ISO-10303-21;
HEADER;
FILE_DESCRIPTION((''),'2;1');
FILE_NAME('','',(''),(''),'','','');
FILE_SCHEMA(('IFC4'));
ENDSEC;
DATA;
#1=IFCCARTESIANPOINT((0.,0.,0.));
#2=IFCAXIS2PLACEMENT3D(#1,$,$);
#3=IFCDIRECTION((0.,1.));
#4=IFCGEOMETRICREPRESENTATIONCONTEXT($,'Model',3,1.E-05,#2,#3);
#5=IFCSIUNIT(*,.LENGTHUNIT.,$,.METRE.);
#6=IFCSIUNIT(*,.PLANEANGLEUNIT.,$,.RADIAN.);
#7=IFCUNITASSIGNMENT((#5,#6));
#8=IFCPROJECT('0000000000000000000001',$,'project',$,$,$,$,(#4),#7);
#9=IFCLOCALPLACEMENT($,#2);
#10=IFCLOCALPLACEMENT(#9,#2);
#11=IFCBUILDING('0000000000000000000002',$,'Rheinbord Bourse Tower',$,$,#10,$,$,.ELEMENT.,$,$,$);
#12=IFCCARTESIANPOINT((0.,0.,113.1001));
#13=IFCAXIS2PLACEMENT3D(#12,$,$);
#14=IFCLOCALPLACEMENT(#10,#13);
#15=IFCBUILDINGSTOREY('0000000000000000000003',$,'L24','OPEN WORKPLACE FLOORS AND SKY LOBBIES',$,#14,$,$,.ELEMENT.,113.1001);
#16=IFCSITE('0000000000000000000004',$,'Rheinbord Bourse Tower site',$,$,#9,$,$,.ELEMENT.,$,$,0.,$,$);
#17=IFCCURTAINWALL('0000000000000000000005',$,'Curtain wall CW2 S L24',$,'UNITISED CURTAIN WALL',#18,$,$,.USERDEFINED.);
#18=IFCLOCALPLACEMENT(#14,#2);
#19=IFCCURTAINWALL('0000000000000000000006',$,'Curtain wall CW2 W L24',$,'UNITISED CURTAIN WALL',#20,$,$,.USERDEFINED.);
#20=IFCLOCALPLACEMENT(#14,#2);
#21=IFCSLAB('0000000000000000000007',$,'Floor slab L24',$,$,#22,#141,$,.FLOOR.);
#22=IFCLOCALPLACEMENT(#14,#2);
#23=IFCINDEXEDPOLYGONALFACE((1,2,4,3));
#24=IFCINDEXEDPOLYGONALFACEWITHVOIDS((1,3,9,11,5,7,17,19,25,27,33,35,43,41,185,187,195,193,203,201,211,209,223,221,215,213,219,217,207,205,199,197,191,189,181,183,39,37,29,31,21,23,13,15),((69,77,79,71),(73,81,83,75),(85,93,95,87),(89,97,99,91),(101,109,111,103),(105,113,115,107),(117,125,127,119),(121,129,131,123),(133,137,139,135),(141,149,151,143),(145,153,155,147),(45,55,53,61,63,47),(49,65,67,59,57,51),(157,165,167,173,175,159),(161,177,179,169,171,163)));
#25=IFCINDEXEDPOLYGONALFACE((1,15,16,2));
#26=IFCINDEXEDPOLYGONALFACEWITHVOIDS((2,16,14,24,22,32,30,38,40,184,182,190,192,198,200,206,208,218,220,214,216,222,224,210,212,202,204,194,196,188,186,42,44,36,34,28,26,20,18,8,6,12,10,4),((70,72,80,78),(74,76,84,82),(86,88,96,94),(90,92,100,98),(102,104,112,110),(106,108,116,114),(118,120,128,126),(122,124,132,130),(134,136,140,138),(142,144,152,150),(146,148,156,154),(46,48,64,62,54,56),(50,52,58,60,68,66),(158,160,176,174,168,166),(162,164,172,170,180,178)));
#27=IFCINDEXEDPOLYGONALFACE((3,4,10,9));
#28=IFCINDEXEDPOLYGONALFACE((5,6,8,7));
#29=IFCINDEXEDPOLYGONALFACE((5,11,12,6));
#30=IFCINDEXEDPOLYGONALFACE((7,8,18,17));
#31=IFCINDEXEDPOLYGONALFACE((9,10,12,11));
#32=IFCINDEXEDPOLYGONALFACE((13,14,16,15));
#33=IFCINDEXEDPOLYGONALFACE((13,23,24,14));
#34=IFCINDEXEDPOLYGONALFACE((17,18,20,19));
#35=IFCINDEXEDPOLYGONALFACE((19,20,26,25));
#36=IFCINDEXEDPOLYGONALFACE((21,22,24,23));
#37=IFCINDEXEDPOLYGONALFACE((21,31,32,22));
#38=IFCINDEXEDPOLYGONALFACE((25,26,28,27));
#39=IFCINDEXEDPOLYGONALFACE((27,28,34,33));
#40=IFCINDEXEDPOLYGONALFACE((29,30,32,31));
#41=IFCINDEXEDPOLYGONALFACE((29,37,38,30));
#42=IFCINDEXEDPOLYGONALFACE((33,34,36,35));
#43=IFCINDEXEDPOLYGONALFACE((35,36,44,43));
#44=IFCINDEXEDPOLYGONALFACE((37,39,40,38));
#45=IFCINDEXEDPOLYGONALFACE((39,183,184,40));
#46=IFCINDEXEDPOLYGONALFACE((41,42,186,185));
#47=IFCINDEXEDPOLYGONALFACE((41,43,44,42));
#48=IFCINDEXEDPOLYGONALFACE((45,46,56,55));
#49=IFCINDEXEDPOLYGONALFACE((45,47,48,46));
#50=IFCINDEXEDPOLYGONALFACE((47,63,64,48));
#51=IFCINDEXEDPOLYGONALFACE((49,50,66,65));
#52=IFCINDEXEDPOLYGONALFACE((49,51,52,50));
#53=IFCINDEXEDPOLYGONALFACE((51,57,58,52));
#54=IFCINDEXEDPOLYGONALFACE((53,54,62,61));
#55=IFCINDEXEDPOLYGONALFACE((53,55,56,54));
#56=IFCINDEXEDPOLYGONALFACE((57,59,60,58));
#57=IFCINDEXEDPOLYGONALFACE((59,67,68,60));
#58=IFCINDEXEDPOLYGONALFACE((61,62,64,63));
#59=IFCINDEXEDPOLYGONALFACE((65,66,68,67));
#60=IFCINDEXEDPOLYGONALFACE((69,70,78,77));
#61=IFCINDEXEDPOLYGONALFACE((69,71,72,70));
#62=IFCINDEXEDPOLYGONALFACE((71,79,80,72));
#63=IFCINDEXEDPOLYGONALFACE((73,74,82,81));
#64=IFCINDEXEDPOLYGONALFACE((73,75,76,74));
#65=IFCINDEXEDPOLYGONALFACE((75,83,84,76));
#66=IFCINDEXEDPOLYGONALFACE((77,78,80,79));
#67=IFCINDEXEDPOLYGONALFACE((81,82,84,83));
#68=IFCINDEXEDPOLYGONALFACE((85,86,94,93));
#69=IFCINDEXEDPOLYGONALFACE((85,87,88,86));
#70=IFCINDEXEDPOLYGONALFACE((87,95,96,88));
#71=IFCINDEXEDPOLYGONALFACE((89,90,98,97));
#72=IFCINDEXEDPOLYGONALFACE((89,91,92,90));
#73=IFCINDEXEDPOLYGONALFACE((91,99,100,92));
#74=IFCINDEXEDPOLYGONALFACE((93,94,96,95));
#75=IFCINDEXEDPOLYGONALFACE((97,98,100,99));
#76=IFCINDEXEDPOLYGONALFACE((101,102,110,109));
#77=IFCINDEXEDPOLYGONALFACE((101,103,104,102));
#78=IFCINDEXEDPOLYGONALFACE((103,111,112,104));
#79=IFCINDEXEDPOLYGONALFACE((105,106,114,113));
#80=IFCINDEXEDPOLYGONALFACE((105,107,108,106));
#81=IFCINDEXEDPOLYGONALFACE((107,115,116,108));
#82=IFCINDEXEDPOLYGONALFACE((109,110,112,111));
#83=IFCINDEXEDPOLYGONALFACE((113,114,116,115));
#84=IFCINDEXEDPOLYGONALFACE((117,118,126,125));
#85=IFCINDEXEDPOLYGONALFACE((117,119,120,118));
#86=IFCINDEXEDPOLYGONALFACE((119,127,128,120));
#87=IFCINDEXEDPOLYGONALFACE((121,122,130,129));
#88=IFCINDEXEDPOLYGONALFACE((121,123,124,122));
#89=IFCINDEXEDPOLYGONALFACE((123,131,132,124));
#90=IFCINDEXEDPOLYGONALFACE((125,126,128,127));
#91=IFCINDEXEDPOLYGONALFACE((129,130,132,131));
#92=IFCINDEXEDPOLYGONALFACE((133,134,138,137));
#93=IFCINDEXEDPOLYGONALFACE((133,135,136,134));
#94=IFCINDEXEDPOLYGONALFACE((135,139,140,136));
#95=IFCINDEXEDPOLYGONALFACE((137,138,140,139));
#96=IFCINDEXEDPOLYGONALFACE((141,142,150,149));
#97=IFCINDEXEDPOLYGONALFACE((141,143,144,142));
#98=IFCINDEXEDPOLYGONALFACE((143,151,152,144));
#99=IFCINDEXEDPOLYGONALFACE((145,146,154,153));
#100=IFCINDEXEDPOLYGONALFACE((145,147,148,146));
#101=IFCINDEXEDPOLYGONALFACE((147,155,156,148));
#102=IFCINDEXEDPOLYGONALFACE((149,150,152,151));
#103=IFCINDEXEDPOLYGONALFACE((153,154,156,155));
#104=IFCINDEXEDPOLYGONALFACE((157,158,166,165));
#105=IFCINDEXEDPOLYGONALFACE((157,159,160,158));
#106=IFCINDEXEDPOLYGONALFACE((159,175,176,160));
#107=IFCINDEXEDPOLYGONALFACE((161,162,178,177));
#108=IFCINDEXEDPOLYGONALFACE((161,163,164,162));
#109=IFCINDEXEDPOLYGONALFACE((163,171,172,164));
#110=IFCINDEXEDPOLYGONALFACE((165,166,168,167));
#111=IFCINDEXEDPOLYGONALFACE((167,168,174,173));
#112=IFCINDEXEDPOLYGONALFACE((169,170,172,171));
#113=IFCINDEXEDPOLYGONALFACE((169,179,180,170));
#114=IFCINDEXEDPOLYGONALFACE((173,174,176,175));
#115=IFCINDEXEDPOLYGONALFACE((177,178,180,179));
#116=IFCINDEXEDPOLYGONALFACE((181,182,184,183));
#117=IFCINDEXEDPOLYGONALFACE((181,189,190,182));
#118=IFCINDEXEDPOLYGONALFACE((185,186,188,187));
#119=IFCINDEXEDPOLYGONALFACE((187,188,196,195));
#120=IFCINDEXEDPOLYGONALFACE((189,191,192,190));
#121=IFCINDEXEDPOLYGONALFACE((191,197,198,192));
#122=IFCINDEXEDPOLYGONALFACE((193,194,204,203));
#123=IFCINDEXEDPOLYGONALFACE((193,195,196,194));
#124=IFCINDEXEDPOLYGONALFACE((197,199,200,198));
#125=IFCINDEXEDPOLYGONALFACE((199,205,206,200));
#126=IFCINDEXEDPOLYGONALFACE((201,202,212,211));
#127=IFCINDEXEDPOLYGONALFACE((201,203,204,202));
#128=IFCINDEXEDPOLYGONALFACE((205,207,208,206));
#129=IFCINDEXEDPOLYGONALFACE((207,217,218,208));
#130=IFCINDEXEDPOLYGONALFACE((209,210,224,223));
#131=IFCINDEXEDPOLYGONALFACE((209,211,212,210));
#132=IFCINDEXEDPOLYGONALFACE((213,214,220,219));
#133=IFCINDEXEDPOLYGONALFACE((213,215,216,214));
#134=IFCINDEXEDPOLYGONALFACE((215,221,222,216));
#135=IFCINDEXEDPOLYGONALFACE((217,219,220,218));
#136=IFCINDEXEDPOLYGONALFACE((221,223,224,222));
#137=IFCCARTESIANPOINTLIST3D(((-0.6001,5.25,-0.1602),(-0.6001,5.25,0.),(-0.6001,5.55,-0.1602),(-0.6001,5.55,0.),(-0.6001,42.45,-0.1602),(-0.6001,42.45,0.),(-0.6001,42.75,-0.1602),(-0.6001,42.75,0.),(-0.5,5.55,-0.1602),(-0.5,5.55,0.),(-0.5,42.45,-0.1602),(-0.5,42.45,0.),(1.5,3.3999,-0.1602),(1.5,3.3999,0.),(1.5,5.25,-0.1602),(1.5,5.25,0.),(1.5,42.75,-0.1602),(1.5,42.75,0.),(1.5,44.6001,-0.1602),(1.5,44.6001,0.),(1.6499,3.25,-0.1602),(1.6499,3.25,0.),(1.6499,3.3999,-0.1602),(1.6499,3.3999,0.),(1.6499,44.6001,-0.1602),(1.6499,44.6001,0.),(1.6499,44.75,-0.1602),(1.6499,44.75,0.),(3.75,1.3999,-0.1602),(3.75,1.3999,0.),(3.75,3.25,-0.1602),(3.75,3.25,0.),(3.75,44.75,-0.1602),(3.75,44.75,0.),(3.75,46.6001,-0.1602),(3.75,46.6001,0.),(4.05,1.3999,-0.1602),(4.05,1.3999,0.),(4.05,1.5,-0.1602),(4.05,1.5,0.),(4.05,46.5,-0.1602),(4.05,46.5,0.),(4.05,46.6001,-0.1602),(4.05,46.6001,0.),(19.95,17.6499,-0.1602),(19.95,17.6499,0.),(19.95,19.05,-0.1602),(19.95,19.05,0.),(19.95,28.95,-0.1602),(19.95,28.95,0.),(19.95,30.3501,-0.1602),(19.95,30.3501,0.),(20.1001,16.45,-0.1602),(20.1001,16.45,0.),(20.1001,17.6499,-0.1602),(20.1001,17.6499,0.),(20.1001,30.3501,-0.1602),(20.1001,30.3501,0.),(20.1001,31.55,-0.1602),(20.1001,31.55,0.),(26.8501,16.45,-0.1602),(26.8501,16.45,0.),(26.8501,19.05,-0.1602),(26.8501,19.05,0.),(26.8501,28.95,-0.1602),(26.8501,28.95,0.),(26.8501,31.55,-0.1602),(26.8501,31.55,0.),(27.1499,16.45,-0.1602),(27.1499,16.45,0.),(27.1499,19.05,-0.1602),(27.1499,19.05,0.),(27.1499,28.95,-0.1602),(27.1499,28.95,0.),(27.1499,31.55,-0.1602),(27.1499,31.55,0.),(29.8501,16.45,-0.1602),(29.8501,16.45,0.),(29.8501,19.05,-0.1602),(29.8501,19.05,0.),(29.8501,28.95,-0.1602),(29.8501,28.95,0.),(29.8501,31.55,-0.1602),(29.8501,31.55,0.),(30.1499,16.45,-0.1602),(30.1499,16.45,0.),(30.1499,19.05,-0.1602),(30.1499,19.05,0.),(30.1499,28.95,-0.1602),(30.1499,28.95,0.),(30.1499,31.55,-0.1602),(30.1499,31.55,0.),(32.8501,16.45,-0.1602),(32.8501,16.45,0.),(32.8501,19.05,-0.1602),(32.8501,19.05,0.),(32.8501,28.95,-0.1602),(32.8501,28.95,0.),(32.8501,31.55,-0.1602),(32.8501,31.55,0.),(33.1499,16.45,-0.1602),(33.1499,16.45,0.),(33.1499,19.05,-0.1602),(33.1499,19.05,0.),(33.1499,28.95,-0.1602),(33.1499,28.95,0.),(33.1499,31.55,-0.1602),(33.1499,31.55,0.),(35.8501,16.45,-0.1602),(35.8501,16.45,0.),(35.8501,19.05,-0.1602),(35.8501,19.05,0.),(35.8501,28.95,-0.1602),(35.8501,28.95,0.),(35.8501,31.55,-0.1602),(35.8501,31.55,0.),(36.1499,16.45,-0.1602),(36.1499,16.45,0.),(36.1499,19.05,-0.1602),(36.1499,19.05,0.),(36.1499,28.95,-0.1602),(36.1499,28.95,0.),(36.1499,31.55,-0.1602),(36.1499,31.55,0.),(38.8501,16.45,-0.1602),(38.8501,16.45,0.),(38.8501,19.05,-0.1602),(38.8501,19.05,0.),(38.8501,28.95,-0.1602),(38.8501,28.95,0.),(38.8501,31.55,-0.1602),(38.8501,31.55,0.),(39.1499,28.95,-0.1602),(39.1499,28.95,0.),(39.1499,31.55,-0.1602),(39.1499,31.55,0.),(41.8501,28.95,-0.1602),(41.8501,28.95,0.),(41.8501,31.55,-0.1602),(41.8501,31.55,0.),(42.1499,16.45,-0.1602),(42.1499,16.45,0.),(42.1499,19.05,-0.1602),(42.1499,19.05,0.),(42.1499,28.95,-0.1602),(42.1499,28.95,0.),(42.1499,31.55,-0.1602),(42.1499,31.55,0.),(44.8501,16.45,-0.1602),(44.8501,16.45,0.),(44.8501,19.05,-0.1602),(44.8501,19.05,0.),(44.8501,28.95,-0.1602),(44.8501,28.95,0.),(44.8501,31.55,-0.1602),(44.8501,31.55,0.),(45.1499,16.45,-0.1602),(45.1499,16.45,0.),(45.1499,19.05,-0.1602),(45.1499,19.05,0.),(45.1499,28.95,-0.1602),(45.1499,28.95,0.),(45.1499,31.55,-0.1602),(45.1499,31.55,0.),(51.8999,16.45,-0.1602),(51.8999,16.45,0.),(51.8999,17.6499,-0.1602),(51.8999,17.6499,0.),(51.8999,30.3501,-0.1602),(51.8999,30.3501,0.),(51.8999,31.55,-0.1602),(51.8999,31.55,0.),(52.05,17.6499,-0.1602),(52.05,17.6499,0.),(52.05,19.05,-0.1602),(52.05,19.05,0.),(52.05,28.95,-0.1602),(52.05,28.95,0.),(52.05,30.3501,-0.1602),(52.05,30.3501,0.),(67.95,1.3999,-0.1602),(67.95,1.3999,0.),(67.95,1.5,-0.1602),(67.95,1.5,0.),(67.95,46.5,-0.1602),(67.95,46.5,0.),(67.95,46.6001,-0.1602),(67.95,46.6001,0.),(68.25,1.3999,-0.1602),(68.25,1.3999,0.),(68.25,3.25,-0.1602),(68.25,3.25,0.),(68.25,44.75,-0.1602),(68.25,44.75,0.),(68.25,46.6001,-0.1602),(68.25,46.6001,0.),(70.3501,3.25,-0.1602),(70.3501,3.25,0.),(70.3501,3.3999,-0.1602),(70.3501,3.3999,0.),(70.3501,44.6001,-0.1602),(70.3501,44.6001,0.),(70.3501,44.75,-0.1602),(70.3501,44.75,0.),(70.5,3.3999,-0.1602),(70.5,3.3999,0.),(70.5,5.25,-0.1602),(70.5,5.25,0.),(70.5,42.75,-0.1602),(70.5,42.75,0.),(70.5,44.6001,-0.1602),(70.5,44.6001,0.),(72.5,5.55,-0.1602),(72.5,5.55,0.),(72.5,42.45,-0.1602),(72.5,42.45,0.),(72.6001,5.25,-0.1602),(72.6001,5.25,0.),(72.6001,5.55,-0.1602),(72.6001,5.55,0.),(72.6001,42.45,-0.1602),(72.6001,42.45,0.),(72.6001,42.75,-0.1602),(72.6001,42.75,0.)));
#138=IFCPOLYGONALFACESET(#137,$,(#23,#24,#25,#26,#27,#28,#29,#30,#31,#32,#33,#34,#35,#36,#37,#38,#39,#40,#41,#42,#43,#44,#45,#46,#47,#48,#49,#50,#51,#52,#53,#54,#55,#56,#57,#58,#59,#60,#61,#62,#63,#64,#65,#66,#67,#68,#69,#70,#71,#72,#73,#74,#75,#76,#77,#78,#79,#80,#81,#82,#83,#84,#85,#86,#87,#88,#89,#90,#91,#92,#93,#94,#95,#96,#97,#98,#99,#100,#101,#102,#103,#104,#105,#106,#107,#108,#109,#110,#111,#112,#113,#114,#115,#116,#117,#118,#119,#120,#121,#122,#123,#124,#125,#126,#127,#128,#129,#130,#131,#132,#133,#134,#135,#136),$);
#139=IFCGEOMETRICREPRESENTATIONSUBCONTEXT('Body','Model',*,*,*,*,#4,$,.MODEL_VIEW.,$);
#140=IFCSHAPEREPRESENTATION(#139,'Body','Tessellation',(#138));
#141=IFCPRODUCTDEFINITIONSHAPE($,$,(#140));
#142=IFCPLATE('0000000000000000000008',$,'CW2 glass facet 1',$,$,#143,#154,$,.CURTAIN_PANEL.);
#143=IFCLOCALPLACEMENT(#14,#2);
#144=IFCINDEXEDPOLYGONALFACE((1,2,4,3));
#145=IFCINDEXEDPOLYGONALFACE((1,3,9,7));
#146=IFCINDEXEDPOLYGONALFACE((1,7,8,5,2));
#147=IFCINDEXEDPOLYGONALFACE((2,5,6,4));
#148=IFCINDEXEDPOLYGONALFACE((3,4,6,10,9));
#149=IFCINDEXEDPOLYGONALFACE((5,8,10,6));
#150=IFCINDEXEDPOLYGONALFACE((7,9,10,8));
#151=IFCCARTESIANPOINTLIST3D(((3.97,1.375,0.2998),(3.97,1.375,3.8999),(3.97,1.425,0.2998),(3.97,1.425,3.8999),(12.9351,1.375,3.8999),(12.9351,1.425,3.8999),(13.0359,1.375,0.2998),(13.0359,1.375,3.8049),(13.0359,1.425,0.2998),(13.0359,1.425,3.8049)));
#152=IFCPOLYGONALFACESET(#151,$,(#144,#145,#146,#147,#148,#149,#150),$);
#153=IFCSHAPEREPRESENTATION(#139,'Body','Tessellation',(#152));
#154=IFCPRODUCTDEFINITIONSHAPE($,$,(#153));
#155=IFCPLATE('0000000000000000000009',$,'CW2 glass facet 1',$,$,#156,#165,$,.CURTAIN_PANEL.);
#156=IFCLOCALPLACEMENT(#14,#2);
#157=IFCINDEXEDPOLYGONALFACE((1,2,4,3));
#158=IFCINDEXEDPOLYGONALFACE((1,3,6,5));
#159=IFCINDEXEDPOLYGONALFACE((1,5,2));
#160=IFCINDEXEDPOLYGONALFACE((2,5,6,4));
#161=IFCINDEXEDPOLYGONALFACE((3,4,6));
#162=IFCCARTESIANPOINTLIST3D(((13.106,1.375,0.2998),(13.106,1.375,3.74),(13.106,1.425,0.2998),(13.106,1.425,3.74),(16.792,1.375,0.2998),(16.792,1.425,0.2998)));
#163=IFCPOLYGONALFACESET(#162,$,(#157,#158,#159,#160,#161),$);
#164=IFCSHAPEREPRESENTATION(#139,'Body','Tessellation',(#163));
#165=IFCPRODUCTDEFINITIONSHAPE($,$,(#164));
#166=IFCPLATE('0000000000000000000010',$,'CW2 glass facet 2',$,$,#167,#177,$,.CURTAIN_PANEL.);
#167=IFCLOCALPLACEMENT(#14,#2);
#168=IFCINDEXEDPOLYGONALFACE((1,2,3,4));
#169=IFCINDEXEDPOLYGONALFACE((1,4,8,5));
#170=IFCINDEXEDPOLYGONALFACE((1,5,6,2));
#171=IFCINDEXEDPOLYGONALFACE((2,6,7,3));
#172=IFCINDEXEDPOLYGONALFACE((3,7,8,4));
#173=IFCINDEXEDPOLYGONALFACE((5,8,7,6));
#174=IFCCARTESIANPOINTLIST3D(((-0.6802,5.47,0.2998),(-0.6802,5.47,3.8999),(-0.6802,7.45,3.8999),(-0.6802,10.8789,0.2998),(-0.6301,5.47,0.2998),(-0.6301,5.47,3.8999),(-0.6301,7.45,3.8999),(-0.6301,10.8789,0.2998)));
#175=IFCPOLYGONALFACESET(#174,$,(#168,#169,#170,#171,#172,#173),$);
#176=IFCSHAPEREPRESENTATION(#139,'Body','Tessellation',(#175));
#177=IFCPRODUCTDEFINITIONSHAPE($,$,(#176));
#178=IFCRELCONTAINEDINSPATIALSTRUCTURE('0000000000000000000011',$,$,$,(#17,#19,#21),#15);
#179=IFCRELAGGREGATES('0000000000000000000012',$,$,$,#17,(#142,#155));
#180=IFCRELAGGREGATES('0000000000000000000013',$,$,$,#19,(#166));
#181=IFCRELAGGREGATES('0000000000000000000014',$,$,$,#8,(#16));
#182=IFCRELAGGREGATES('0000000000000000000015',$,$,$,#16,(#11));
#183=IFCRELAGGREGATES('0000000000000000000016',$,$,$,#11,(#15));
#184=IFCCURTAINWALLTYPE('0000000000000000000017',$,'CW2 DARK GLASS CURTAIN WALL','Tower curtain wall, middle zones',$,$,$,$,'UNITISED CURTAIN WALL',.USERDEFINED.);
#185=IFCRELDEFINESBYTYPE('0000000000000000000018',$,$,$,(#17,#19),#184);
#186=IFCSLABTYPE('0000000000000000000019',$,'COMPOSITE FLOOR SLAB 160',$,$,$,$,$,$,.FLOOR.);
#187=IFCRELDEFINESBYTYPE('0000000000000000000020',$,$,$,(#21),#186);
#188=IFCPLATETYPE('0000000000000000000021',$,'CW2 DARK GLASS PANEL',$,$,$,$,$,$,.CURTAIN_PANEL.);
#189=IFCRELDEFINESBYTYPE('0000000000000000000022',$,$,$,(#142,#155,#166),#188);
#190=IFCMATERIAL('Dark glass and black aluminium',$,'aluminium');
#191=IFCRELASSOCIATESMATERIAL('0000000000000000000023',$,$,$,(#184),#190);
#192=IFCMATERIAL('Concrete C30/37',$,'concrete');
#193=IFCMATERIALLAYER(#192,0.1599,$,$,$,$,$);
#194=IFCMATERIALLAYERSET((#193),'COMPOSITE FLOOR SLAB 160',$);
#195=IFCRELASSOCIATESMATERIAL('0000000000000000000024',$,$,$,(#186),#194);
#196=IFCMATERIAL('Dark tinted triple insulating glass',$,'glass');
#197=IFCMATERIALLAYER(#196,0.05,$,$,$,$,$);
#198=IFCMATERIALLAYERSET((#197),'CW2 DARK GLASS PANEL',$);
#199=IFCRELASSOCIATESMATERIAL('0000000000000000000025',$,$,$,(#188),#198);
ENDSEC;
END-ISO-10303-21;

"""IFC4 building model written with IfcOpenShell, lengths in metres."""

from ifc_helpers import new_model, si_unit, direction, frame, origin, place, context, subcontext, project, spatial, polyline, outline, extrude, material, layer, layer_set, type_object, element, aggregate, save


model = new_model("IFC4")

# Units and contexts
model_context = context("Model", 3, precision=1e-05, world=origin(), true_north=direction((0.0, 1.0)))
body_context = subcontext(model_context, "Body", "Model", "MODEL_VIEW")
ifc_project = project(units=[si_unit("LENGTHUNIT", "METRE"), si_unit("PLANEANGLEUNIT", "RADIAN")], contexts=[model_context])

# Site, building, storey
site_placement = place(None, origin())
site = spatial("IfcSite", under=ifc_project, at=site_placement, Name="Rheinbord Bourse Tower site", CompositionType="ELEMENT", RefElevation=0.0)
building_placement = place(site_placement, origin())
building = spatial("IfcBuilding", under=site, at=building_placement, Name="Rheinbord Bourse Tower", CompositionType="ELEMENT")
storey_placement = place(building_placement, frame((0.0, 0.0, 113.1001)))
storey = spatial("IfcBuildingStorey", under=building, at=storey_placement, Name="L24", Description="OPEN WORKPLACE FLOORS AND SKY LOBBIES", CompositionType="ELEMENT", Elevation=113.1001)

# Curtain wall
ifc_material_1 = material(Name="Dark glass and black aluminium", Category="aluminium")
curtain_wall_type = type_object("IfcCurtainWallType", Name="CW2 DARK GLASS CURTAIN WALL", Description="Tower curtain wall, middle zones", ElementType="UNITISED CURTAIN WALL", PredefinedType="USERDEFINED", material=ifc_material_1)
curtain_wall_1_placement = place(storey_placement, origin())
curtain_wall_1 = element("IfcCurtainWall", 1, at=curtain_wall_1_placement, inside=storey, type_object=curtain_wall_type, Name="Curtain wall CW2 S L24", ObjectType="UNITISED CURTAIN WALL", PredefinedType="USERDEFINED")

# Curtain wall
curtain_wall_2_placement = place(storey_placement, origin())
curtain_wall_2 = element("IfcCurtainWall", 2, at=curtain_wall_2_placement, inside=storey, type_object=curtain_wall_type, Name="Curtain wall CW2 W L24", ObjectType="UNITISED CURTAIN WALL", PredefinedType="USERDEFINED")

# Slab
ifc_material_2 = material(Name="Concrete C30/37", Category="concrete")
ifc_layer_1 = layer(ifc_material_2, 0.1599)
ifc_layer_set_1 = layer_set([ifc_layer_1], Name="COMPOSITE FLOOR SLAB 160")
slab_type_1 = type_object("IfcSlabType", Name="COMPOSITE FLOOR SLAB 160", PredefinedType="FLOOR", material=ifc_layer_set_1)
slab_1_placement = place(storey_placement, frame((0.0, 0.0, -0.1602)))
element("IfcSlab", 3, at=slab_1_placement, inside=storey, type_object=slab_type_1, Name="Floor slab L24", PredefinedType="FLOOR", context=body_context, shape_type="SweptSolid", body=[
    extrude(outline(polyline([(1.6499, 3.3999), (1.5, 3.3999), (1.5, 5.25), (-0.6001, 5.25), (-0.6001, 5.55), (-0.5, 5.55), (-0.5, 42.45), (-0.6001, 42.45), (-0.6001, 42.75), (1.5, 42.75), (1.5, 44.6001), (1.6499, 44.6001), (1.6499, 44.75), (3.75, 44.75), (3.75, 46.6001), (4.05, 46.6001), (4.05, 46.5), (67.95, 46.5), (67.95, 46.6001), (68.25, 46.6001), (68.25, 44.75), (70.3501, 44.75), (70.3501, 44.6001), (70.5, 44.6001), (70.5, 42.75), (72.6001, 42.75), (72.6001, 42.45), (72.5, 42.45), (72.5, 5.55), (72.6001, 5.55), (72.6001, 5.25), (70.5, 5.25), (70.5, 3.3999), (70.3501, 3.3999), (70.3501, 3.25), (68.25, 3.25), (68.25, 1.3999), (67.95, 1.3999), (67.95, 1.5), (4.05, 1.5), (4.05, 1.3999), (3.75, 1.3999), (3.75, 3.25), (1.6499, 3.25), (1.6499, 3.3999)]), holes=[polyline([(19.95, 19.05), (26.8501, 19.05), (26.8501, 16.45), (20.1001, 16.45), (20.1001, 17.6499), (19.95, 17.6499), (19.95, 19.05)]), polyline([(26.8501, 31.55), (26.8501, 28.95), (19.95, 28.95), (19.95, 30.3501), (20.1001, 30.3501), (20.1001, 31.55), (26.8501, 31.55)]), polyline([(45.1499, 16.45), (45.1499, 19.05), (52.05, 19.05), (52.05, 17.6499), (51.8999, 17.6499), (51.8999, 16.45), (45.1499, 16.45)]), polyline([(52.05, 28.95), (45.1499, 28.95), (45.1499, 31.55), (51.8999, 31.55), (51.8999, 30.3501), (52.05, 30.3501), (52.05, 28.95)]), polyline([(27.1499, 16.45), (27.1499, 19.05), (29.8501, 19.05), (29.8501, 16.45), (27.1499, 16.45)]), polyline([(27.1499, 28.95), (27.1499, 31.55), (29.8501, 31.55), (29.8501, 28.95), (27.1499, 28.95)]), polyline([(30.1499, 16.45), (30.1499, 19.05), (32.8501, 19.05), (32.8501, 16.45), (30.1499, 16.45)]), polyline([(30.1499, 28.95), (30.1499, 31.55), (32.8501, 31.55), (32.8501, 28.95), (30.1499, 28.95)]), polyline([(33.1499, 16.45), (33.1499, 19.05), (35.8501, 19.05), (35.8501, 16.45), (33.1499, 16.45)]), polyline([(33.1499, 28.95), (33.1499, 31.55), (35.8501, 31.55), (35.8501, 28.95), (33.1499, 28.95)]), polyline([(36.1499, 16.45), (36.1499, 19.05), (38.8501, 19.05), (38.8501, 16.45), (36.1499, 16.45)]), polyline([(36.1499, 28.95), (36.1499, 31.55), (38.8501, 31.55), (38.8501, 28.95), (36.1499, 28.95)]), polyline([(39.1499, 28.95), (39.1499, 31.55), (41.8501, 31.55), (41.8501, 28.95), (39.1499, 28.95)]), polyline([(42.1499, 16.45), (42.1499, 19.05), (44.8501, 19.05), (44.8501, 16.45), (42.1499, 16.45)]), polyline([(42.1499, 28.95), (42.1499, 31.55), (44.8501, 31.55), (44.8501, 28.95), (42.1499, 28.95)])]), origin(), (0.0, 0.0, 1.0), 0.1602),
])

# Plates
ifc_material_3 = material(Name="Dark tinted triple insulating glass", Category="glass")
ifc_layer_2 = layer(ifc_material_3, 0.05)
ifc_layer_set_2 = layer_set([ifc_layer_2], Name="CW2 DARK GLASS PANEL")
plate_type = type_object("IfcPlateType", Name="CW2 DARK GLASS PANEL", PredefinedType="CURTAIN_PANEL", material=ifc_layer_set_2)
plate_1_placement = place(storey_placement, frame((13.0359, 1.375, 0.2998), z_axis=(0.0, 1.0, 0.0), x_axis=(-1.0, 0.0, 0.0)))
plate_1 = element("IfcPlate", 4, at=plate_1_placement, type_object=plate_type, Name="CW2 glass facet 1", PredefinedType="CURTAIN_PANEL", context=body_context, shape_type="SweptSolid", body=[
    extrude(outline(polyline([(0.0, 0.0), (9.0659, 0.0), (9.0659, 3.6001), (0.1008, 3.6001), (0.0, 3.5051), (0.0, 0.0)])), origin(), (0.0, 0.0, 1.0), 0.05),
])
plate_2_placement = place(storey_placement, frame((13.106, 1.375, 0.2998), z_axis=(0.0, 1.0, 0.0), x_axis=(0.0, 0.0, 1.0)))
plate_2 = element("IfcPlate", 5, at=plate_2_placement, type_object=plate_type, Name="CW2 glass facet 1", PredefinedType="CURTAIN_PANEL", context=body_context, shape_type="SweptSolid", body=[
    extrude(outline(polyline([(0.0, 0.0), (3.4402, 0.0), (0.0, 3.686), (0.0, 0.0)])), origin(), (0.0, 0.0, 1.0), 0.05),
])
aggregate(curtain_wall_1, [plate_1, plate_2])
plate_3_placement = place(storey_placement, frame((-0.6802, 5.47, 3.8999), z_axis=(1.0, 0.0, 0.0), x_axis=(0.0, 0.0, -1.0)))
plate_3 = element("IfcPlate", 6, at=plate_3_placement, type_object=plate_type, Name="CW2 glass facet 2", PredefinedType="CURTAIN_PANEL", context=body_context, shape_type="SweptSolid", body=[
    extrude(outline(polyline([(0.0, 0.0), (3.6001, 0.0), (3.6001, 5.4089), (0.0, 1.98), (0.0, 0.0)])), origin(), (0.0, 0.0, 1.0), 0.05),
])
aggregate(curtain_wall_2, [plate_3])

save(model, "model.ifc")
